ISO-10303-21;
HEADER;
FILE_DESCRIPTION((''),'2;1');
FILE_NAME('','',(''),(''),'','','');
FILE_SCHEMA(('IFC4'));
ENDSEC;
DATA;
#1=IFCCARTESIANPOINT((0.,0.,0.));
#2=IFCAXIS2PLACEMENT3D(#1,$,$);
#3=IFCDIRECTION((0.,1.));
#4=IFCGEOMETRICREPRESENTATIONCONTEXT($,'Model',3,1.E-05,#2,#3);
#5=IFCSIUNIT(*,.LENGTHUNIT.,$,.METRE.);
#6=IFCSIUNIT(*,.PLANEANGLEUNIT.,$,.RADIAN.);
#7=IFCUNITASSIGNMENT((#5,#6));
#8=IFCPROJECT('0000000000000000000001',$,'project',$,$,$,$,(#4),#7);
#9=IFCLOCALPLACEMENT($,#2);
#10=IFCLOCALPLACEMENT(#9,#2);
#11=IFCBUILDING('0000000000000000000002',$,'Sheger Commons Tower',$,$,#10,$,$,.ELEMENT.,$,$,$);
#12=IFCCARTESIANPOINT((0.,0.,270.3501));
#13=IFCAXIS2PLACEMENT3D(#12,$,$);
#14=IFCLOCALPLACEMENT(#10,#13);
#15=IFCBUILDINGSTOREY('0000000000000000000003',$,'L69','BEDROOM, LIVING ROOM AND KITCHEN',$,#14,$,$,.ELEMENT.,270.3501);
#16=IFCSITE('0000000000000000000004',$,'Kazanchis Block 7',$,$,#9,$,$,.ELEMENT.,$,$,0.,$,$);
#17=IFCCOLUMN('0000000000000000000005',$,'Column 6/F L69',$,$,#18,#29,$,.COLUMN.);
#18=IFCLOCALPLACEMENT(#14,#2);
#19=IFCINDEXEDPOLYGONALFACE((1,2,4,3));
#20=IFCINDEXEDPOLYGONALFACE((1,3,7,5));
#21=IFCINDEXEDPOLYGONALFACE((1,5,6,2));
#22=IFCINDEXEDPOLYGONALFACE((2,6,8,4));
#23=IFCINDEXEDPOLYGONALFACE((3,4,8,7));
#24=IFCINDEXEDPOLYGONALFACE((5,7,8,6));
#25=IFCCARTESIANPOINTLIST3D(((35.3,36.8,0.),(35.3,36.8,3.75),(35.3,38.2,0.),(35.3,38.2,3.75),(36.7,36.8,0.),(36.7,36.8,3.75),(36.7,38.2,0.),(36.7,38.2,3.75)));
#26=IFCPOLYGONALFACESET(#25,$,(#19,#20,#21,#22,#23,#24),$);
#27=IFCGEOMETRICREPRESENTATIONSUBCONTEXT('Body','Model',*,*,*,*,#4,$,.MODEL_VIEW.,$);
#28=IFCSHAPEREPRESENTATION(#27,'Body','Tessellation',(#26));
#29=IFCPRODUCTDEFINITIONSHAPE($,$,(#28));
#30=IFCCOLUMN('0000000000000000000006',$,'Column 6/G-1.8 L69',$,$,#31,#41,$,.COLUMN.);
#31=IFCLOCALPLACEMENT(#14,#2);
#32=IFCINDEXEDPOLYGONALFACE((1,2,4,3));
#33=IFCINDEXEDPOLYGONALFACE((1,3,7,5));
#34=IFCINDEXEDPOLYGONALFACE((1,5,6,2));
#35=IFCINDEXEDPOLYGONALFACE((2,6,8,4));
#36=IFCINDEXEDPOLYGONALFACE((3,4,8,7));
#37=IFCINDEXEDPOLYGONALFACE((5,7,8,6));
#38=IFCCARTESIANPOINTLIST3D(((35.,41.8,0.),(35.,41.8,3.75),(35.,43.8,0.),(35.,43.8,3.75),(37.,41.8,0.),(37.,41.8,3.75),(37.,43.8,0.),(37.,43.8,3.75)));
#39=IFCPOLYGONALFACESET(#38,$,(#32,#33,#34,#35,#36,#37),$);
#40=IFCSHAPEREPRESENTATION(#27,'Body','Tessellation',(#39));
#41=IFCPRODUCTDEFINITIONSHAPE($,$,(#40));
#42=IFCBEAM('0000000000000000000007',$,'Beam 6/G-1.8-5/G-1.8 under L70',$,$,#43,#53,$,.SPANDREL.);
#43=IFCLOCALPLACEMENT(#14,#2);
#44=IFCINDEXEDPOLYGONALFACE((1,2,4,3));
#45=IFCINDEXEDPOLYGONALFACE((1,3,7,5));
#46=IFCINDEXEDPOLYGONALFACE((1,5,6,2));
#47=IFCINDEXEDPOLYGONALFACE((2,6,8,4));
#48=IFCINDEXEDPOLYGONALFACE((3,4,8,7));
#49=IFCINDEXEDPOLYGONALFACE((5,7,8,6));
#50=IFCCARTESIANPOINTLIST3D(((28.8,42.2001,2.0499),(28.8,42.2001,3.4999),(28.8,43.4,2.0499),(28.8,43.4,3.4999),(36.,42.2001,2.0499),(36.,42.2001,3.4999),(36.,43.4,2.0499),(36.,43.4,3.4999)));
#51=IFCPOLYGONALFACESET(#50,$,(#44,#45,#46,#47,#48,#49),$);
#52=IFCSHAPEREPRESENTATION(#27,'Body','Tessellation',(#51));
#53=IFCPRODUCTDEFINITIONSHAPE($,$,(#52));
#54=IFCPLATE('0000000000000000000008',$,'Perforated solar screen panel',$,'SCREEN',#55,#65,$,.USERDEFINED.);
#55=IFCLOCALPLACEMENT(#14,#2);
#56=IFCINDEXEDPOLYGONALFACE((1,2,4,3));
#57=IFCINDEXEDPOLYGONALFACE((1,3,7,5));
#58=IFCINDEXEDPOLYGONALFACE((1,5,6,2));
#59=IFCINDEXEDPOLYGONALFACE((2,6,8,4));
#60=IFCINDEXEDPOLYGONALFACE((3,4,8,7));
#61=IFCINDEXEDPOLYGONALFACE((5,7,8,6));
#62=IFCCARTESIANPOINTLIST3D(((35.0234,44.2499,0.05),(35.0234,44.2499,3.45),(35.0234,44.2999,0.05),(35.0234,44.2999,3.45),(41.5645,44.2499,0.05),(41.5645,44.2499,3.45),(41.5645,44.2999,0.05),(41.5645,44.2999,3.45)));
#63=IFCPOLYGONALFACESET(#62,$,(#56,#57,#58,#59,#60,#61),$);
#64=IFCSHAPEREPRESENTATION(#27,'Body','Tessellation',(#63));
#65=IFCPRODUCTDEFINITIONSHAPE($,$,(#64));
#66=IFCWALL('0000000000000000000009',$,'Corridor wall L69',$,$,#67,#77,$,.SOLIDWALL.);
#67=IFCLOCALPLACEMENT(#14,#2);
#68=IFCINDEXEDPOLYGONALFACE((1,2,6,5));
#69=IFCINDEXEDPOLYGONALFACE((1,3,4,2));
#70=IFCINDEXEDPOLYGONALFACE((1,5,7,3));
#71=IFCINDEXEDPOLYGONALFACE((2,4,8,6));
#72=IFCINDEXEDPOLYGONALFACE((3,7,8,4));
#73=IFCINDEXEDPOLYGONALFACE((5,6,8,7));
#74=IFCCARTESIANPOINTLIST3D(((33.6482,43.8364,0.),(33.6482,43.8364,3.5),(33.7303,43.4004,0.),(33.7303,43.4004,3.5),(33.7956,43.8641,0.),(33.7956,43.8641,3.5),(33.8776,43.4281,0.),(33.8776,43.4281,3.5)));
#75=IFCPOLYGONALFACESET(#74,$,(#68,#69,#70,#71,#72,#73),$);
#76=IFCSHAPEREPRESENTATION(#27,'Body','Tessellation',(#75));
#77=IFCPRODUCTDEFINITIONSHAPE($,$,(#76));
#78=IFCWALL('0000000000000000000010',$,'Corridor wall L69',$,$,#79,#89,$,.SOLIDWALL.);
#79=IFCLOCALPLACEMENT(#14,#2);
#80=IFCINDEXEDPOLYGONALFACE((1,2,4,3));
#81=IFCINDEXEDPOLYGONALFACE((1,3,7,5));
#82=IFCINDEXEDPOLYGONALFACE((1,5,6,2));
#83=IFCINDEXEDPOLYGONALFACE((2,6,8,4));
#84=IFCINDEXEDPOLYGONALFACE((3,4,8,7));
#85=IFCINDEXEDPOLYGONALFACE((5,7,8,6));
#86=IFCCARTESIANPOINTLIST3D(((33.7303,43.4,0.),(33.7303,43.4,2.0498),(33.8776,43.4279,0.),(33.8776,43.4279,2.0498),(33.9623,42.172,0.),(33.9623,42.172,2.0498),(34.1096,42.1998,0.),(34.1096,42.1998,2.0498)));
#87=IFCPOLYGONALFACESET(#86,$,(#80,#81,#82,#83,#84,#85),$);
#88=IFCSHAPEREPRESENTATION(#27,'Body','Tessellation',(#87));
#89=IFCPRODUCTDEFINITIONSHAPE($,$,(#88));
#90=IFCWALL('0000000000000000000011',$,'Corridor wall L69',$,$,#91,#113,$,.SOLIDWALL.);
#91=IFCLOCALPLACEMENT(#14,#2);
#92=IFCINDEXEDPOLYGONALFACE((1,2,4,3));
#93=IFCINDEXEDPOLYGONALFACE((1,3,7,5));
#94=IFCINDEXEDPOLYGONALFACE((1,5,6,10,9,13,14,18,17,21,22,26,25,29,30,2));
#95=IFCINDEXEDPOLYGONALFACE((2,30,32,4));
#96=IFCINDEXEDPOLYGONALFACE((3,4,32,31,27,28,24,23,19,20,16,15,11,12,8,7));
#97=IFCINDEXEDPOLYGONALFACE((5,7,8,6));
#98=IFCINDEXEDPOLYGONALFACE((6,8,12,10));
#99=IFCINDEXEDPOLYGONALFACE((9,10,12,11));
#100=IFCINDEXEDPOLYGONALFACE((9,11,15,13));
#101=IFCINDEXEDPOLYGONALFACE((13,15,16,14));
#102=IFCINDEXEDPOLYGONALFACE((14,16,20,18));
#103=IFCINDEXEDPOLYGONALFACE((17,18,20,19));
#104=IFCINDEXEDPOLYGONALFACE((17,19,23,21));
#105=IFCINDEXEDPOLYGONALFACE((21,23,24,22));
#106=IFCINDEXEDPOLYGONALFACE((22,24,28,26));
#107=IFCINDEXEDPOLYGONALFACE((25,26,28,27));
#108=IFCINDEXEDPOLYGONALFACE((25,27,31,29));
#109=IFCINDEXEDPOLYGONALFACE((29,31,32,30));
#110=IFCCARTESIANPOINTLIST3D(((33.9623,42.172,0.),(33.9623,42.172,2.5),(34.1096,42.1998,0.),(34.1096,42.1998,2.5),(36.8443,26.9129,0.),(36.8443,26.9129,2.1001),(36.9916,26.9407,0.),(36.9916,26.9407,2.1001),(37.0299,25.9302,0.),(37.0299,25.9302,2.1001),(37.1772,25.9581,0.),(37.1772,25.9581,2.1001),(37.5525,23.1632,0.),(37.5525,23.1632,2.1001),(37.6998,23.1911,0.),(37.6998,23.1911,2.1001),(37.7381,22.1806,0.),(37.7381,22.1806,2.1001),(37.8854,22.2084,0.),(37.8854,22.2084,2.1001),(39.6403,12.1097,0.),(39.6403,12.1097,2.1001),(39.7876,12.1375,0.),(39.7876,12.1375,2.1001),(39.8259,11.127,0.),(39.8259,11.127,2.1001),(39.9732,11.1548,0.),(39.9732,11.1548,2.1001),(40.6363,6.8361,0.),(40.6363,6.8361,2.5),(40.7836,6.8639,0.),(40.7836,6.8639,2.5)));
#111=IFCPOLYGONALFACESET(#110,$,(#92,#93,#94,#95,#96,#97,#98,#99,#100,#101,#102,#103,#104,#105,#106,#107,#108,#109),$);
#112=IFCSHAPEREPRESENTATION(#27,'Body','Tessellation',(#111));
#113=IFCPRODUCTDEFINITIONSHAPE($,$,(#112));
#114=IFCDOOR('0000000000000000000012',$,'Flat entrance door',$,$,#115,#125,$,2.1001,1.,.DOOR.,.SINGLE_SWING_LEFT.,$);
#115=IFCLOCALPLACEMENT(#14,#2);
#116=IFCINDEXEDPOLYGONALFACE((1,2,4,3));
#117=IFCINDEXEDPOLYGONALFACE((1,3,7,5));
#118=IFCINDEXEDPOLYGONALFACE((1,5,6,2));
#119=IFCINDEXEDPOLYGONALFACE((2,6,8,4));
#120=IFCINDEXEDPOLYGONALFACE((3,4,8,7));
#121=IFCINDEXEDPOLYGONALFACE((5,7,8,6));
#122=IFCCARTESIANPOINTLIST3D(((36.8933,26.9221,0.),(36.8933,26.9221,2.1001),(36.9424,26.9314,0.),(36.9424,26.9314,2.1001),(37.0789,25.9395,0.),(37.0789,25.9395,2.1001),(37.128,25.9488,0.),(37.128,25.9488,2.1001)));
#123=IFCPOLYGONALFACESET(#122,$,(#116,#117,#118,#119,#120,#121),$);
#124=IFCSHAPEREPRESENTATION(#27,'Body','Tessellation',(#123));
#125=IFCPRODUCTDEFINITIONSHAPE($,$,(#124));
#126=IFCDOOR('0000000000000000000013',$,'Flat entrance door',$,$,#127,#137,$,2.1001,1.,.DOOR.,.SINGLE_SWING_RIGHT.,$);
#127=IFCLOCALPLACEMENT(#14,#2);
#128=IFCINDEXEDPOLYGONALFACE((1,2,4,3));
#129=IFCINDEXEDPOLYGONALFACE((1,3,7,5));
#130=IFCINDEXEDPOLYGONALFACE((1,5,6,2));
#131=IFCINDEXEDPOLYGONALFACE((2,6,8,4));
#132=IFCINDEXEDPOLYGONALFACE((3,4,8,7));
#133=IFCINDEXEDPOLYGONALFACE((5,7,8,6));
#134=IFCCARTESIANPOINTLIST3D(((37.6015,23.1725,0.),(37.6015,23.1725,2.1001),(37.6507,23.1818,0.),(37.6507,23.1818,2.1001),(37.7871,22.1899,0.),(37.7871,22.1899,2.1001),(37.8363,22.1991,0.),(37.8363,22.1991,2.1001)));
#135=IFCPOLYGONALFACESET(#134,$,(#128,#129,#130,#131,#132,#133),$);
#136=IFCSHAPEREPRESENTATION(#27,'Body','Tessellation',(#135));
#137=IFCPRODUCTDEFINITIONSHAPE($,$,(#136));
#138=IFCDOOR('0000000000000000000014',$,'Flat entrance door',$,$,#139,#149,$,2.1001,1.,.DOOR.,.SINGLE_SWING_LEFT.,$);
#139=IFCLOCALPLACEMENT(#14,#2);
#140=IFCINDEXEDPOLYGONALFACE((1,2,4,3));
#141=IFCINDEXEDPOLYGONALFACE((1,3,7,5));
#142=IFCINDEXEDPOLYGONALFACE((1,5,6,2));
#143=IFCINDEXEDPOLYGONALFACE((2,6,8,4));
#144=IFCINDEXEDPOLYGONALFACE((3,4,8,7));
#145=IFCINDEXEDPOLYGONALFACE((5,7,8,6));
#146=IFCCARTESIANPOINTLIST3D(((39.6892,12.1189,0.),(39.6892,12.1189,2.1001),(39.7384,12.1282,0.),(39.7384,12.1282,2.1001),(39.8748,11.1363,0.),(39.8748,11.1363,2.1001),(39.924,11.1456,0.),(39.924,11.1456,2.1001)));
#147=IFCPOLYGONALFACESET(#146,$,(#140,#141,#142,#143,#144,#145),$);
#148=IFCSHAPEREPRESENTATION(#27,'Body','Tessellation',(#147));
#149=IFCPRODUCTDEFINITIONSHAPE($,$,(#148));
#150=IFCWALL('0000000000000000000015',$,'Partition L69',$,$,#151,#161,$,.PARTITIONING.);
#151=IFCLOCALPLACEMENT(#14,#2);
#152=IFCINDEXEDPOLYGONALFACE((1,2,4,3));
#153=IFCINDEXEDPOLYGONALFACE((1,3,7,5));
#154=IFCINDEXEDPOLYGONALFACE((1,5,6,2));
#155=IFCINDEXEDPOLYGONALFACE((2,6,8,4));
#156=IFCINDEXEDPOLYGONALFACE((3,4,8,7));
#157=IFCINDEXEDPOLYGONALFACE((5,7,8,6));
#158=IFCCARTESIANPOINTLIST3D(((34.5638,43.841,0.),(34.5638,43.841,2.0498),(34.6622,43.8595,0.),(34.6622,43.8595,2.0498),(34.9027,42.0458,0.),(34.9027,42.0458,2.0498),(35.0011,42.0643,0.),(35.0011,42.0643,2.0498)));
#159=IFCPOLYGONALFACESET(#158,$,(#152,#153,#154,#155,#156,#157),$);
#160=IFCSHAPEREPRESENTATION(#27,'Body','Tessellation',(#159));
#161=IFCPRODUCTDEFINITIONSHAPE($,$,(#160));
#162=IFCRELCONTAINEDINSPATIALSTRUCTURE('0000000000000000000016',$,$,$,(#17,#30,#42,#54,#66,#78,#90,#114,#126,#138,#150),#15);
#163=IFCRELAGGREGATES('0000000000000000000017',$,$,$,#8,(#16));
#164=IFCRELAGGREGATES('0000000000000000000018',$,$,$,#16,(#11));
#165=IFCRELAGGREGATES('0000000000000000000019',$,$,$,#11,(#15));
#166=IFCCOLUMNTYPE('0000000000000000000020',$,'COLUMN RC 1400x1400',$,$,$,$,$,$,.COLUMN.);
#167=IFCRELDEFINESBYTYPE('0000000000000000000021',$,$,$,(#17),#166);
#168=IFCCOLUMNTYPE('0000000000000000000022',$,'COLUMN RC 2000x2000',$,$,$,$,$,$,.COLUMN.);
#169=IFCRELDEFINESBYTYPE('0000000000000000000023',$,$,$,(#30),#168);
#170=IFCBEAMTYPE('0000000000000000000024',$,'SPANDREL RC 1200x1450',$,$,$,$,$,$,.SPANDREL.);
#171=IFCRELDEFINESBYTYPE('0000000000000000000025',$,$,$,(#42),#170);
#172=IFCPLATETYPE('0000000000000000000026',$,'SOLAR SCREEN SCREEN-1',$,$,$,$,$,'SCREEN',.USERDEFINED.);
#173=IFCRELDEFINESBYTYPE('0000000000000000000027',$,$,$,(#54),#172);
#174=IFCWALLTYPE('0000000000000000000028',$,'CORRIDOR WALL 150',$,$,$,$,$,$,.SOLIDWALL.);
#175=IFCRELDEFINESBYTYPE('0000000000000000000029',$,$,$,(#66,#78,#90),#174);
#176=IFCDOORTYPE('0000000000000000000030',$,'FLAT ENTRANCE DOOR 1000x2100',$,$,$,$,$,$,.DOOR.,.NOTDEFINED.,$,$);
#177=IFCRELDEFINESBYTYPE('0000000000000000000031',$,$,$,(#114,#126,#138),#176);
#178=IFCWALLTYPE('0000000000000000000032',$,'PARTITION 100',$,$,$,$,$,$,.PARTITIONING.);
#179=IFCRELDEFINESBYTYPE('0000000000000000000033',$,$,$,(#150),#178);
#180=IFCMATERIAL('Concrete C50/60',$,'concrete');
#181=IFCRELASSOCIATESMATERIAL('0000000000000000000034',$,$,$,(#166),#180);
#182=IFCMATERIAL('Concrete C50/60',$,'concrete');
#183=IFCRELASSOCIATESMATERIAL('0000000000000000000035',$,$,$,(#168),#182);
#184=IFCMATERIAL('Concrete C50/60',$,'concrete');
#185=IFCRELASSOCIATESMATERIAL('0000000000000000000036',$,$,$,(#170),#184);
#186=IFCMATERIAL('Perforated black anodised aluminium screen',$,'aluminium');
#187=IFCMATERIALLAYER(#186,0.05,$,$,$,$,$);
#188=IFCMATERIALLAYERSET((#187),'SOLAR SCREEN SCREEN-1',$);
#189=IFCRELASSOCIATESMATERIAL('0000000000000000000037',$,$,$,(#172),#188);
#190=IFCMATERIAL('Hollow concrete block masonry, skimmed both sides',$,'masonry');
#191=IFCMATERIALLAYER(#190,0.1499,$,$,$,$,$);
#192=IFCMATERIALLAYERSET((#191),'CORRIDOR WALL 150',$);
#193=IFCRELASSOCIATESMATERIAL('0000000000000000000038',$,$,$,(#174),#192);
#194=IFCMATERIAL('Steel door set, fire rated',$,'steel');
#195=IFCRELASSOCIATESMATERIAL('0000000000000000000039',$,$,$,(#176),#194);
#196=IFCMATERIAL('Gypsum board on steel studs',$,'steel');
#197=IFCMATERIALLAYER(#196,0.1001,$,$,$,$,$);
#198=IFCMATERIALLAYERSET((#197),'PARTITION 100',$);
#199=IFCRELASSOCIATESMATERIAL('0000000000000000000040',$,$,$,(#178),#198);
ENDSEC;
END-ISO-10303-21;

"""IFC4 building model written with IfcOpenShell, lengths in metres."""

from ifc_helpers import new_model, si_unit, direction, frame, frame_2d, origin, origin_2d, place, context, subcontext, project, spatial, rectangle, extrude, material, layer, layer_set, material_profile, profile_set, type_object, element, fill, save


model = new_model("IFC4")

# Units and contexts
model_context = context("Model", 3, precision=1e-05, world=origin(), true_north=direction((0.0, 1.0)))
body_context = subcontext(model_context, "Body", "Model", "MODEL_VIEW")
ifc_project = project(units=[si_unit("LENGTHUNIT", "METRE"), si_unit("PLANEANGLEUNIT", "RADIAN")], contexts=[model_context])

# Site, building, storey
site_placement = place(None, origin())
site = spatial("IfcSite", under=ifc_project, at=site_placement, Name="Kazanchis Block 7", CompositionType="ELEMENT", RefElevation=0.0)
building_placement = place(site_placement, origin())
building = spatial("IfcBuilding", under=site, at=building_placement, Name="Sheger Commons Tower", CompositionType="ELEMENT")
storey_placement = place(building_placement, frame((0.0, 0.0, 270.3501)))
storey = spatial("IfcBuildingStorey", under=building, at=storey_placement, Name="L69", Description="BEDROOM, LIVING ROOM AND KITCHEN", CompositionType="ELEMENT", Elevation=270.3501)

# Columns
ifc_material_1 = material(Name="Concrete C50/60", Category="concrete")
ifc_material_profile_1 = material_profile(ifc_material_1, rectangle(XDim=1.3999, YDim=1.3999, at=origin_2d()), Name="RC 1400x1400")
ifc_profile_set_1 = profile_set([ifc_material_profile_1], Name="Concrete C50/60")
column_type_1 = type_object("IfcColumnType", Name="COLUMN RC 1400x1400", PredefinedType="COLUMN", material=ifc_profile_set_1)
column_1_placement = place(storey_placement, frame((36.0, 37.5, 0.0), z_axis=(0.0, 0.0, 1.0), x_axis=(1.0, 0.0, 0.0)))
element("IfcColumn", 1, at=column_1_placement, inside=storey, type_object=column_type_1, Name="Column 6/F L69", PredefinedType="COLUMN", context=body_context, shape_type="SweptSolid", body=[
    extrude(rectangle(XDim=1.3999, YDim=1.3999, at=origin_2d()), origin(), (0.0, 0.0, 1.0), 3.75),
])
ifc_material_2 = material(Name="Concrete C50/60", Category="concrete")
ifc_material_profile_2 = material_profile(ifc_material_2, rectangle(XDim=2.0, YDim=2.0, at=origin_2d()), Name="RC 2000x2000")
ifc_profile_set_2 = profile_set([ifc_material_profile_2], Name="Concrete C50/60")
column_type_2 = type_object("IfcColumnType", Name="COLUMN RC 2000x2000", PredefinedType="COLUMN", material=ifc_profile_set_2)
column_2_placement = place(storey_placement, frame((36.0, 42.8, 0.0), z_axis=(0.0, 0.0, 1.0), x_axis=(1.0, 0.0, 0.0)))
element("IfcColumn", 2, at=column_2_placement, inside=storey, type_object=column_type_2, Name="Column 6/G-1.8 L69", PredefinedType="COLUMN", context=body_context, shape_type="SweptSolid", body=[
    extrude(rectangle(XDim=2.0, YDim=2.0, at=origin_2d()), origin(), (0.0, 0.0, 1.0), 3.75),
])

# Beam
ifc_material_3 = material(Name="Concrete C50/60", Category="concrete")
ifc_material_profile_3 = material_profile(ifc_material_3, rectangle(XDim=1.2, YDim=1.45, at=origin_2d()), Name="RC 1200x1450")
ifc_profile_set_3 = profile_set([ifc_material_profile_3], Name="Concrete C50/60")
beam_type = type_object("IfcBeamType", Name="SPANDREL RC 1200x1450", PredefinedType="SPANDREL", material=ifc_profile_set_3)
beam_placement = place(storey_placement, frame((36.0, 42.8, 2.7749), z_axis=(-1.0, 0.0, 0.0), x_axis=(0.0, -1.0, 0.0)))
element("IfcBeam", 3, at=beam_placement, inside=storey, type_object=beam_type, Name="Beam 6/G-1.8-5/G-1.8 under L70", PredefinedType="SPANDREL", context=body_context, shape_type="SweptSolid", body=[
    extrude(rectangle(XDim=1.2, YDim=1.45, at=origin_2d()), origin(), (0.0, 0.0, 1.0), 7.2),
])

# Plate
ifc_material_4 = material(Name="Perforated black anodised aluminium screen", Category="aluminium")
ifc_layer_1 = layer(ifc_material_4, 0.05)
ifc_layer_set_1 = layer_set([ifc_layer_1], Name="SOLAR SCREEN SCREEN-1")
plate_type = type_object("IfcPlateType", Name="SOLAR SCREEN SCREEN-1", ElementType="SCREEN", PredefinedType="USERDEFINED", material=ifc_layer_set_1)
plate_placement = place(storey_placement, frame((38.2939, 44.2749, 0.05), z_axis=(0.0, 0.0, 1.0), x_axis=(-1.0, 0.0, 0.0)))
element("IfcPlate", 4, at=plate_placement, inside=storey, type_object=plate_type, Name="Perforated solar screen panel", ObjectType="SCREEN", PredefinedType="USERDEFINED", context=body_context, shape_type="SweptSolid", body=[
    extrude(rectangle(XDim=6.541, YDim=0.05, at=origin_2d()), origin(), (0.0, 0.0, 1.0), 3.3999),
])

# Walls
ifc_material_5 = material(Name="Hollow concrete block masonry, skimmed both sides", Category="masonry")
ifc_layer_2 = layer(ifc_material_5, 0.1499)
ifc_layer_set_2 = layer_set([ifc_layer_2], Name="CORRIDOR WALL 150")
wall_type_1 = type_object("IfcWallType", Name="CORRIDOR WALL 150", PredefinedType="SOLIDWALL", material=ifc_layer_set_2)
wall_1_placement = place(storey_placement, frame((33.7219, 43.8501, 0.0), z_axis=(0.0, 0.0, 1.0), x_axis=(0.184887, -0.98276, 0.0)))
element("IfcWall", 5, at=wall_1_placement, inside=storey, type_object=wall_type_1, Name="Corridor wall L69", PredefinedType="SOLIDWALL", context=body_context, shape_type="SweptSolid", body=[
    extrude(rectangle(XDim=0.4436, YDim=0.1499, at=frame_2d((0.2217, 0.0))), origin(), (0.0, 0.0, 1.0), 3.5),
])
wall_2_placement = place(storey_placement, frame((33.804, 43.4141, 0.0), z_axis=(0.0, 0.0, 1.0), x_axis=(0.185586, -0.982628, 0.0)))
element("IfcWall", 6, at=wall_2_placement, inside=storey, type_object=wall_type_1, Name="Corridor wall L69", PredefinedType="SOLIDWALL", context=body_context, shape_type="SweptSolid", body=[
    extrude(rectangle(XDim=1.2498, YDim=0.1499, at=frame_2d((0.625, 0.0))), origin(), (0.0, 0.0, 1.0), 2.0498),
])

# Wall, openings, doors
wall_3_placement = place(storey_placement, frame((34.0359, 42.186, 0.0), z_axis=(0.0, 0.0, 1.0), x_axis=(0.185594, -0.982627, 0.0)))
wall_3 = element("IfcWall", 7, at=wall_3_placement, inside=storey, type_object=wall_type_1, Name="Corridor wall L69", PredefinedType="SOLIDWALL", context=body_context, shape_type="SweptSolid", body=[
    extrude(rectangle(XDim=35.9607, YDim=0.1499, at=frame_2d((17.9805, 0.0))), origin(), (0.0, 0.0, 1.0), 2.5),
])
opening_1_placement = place(wall_3_placement, frame((15.5291, 0.0, 0.0)))
opening_1 = element("IfcOpeningElement", 8, at=opening_1_placement, cuts=wall_3, PredefinedType="OPENING", context=body_context, shape_type="SweptSolid", body=[
    extrude(rectangle(XDim=1.0, YDim=2.1001, at=frame_2d((0.5, 1.05))), frame((0.0, 0.085, 0.0), z_axis=(0.0, -1.0, 0.0), x_axis=(1.0, 0.0, 0.0)), (0.0, 0.0, 1.0), 0.1699),
])
opening_2_placement = place(wall_3_placement, frame((19.345, 0.0, 0.0)))
opening_2 = element("IfcOpeningElement", 9, at=opening_2_placement, cuts=wall_3, PredefinedType="OPENING", context=body_context, shape_type="SweptSolid", body=[
    extrude(rectangle(XDim=1.0, YDim=2.1001, at=frame_2d((0.5, 1.05))), frame((0.0, 0.085, 0.0), z_axis=(0.0, -1.0, 0.0), x_axis=(1.0, 0.0, 0.0)), (0.0, 0.0, 1.0), 0.1699),
])
opening_3_placement = place(wall_3_placement, frame((30.594, 0.0, 0.0)))
opening_3 = element("IfcOpeningElement", 10, at=opening_3_placement, cuts=wall_3, PredefinedType="OPENING", context=body_context, shape_type="SweptSolid", body=[
    extrude(rectangle(XDim=1.0, YDim=2.1001, at=frame_2d((0.5, 1.05))), frame((0.0, 0.085, 0.0), z_axis=(0.0, -1.0, 0.0), x_axis=(1.0, 0.0, 0.0)), (0.0, 0.0, 1.0), 0.1699),
])
ifc_material_6 = material(Name="Steel door set, fire rated", Category="steel")
door_type_1 = type_object("IfcDoorType", Name="FLAT ENTRANCE DOOR 1000x2100", OperationType="NOTDEFINED", PredefinedType="DOOR", material=ifc_material_6)
door_1_placement = place(opening_1_placement, origin())
door_1 = element("IfcDoor", 11, at=door_1_placement, inside=storey, type_object=door_type_1, Name="Flat entrance door", OperationType="SINGLE_SWING_LEFT", OverallHeight=2.1001, OverallWidth=1.0, PredefinedType="DOOR", context=body_context, shape_type="SweptSolid", body=[
    extrude(rectangle(XDim=1.0, YDim=2.1001, at=frame_2d((0.5, 1.05))), frame((0.0, 0.0249, 0.0), z_axis=(0.0, -1.0, 0.0), x_axis=(1.0, 0.0, 0.0)), (0.0, 0.0, 1.0), 0.05),
])
fill(opening_1, door_1)
door_2_placement = place(opening_2_placement, origin())
door_2 = element("IfcDoor", 12, at=door_2_placement, inside=storey, type_object=door_type_1, Name="Flat entrance door", OperationType="SINGLE_SWING_RIGHT", OverallHeight=2.1001, OverallWidth=1.0, PredefinedType="DOOR", context=body_context, shape_type="SweptSolid", body=[
    extrude(rectangle(XDim=1.0, YDim=2.1001, at=frame_2d((0.5, 1.05))), frame((0.0, 0.0249, 0.0), z_axis=(0.0, -1.0, 0.0), x_axis=(1.0, 0.0, 0.0)), (0.0, 0.0, 1.0), 0.05),
])
fill(opening_2, door_2)
door_3_placement = place(opening_3_placement, origin())
door_3 = element("IfcDoor", 13, at=door_3_placement, inside=storey, type_object=door_type_1, Name="Flat entrance door", OperationType="SINGLE_SWING_LEFT", OverallHeight=2.1001, OverallWidth=1.0, PredefinedType="DOOR", context=body_context, shape_type="SweptSolid", body=[
    extrude(rectangle(XDim=1.0, YDim=2.1001, at=frame_2d((0.5, 1.05))), frame((0.0, 0.0249, 0.0), z_axis=(0.0, -1.0, 0.0), x_axis=(1.0, 0.0, 0.0)), (0.0, 0.0, 1.0), 0.05),
])
fill(opening_3, door_3)

# Wall
ifc_material_7 = material(Name="Gypsum board on steel studs", Category="steel")
ifc_layer_3 = layer(ifc_material_7, 0.1001)
ifc_layer_set_3 = layer_set([ifc_layer_3], Name="PARTITION 100")
wall_type_2 = type_object("IfcWallType", Name="PARTITION 100", PredefinedType="PARTITIONING", material=ifc_layer_set_3)
wall_4_placement = place(storey_placement, frame((34.9519, 42.0549, 0.0), z_axis=(0.0, 0.0, 1.0), x_axis=(-0.185491, 0.982646, 0.0)))
element("IfcWall", 14, at=wall_4_placement, inside=storey, type_object=wall_type_2, Name="Partition L69", PredefinedType="PARTITIONING", context=body_context, shape_type="SweptSolid", body=[
    extrude(rectangle(XDim=1.8269, YDim=0.1001, at=frame_2d((0.9136, 0.0))), origin(), (0.0, 0.0, 1.0), 2.0498),
])

save(model, "model.ifc")
